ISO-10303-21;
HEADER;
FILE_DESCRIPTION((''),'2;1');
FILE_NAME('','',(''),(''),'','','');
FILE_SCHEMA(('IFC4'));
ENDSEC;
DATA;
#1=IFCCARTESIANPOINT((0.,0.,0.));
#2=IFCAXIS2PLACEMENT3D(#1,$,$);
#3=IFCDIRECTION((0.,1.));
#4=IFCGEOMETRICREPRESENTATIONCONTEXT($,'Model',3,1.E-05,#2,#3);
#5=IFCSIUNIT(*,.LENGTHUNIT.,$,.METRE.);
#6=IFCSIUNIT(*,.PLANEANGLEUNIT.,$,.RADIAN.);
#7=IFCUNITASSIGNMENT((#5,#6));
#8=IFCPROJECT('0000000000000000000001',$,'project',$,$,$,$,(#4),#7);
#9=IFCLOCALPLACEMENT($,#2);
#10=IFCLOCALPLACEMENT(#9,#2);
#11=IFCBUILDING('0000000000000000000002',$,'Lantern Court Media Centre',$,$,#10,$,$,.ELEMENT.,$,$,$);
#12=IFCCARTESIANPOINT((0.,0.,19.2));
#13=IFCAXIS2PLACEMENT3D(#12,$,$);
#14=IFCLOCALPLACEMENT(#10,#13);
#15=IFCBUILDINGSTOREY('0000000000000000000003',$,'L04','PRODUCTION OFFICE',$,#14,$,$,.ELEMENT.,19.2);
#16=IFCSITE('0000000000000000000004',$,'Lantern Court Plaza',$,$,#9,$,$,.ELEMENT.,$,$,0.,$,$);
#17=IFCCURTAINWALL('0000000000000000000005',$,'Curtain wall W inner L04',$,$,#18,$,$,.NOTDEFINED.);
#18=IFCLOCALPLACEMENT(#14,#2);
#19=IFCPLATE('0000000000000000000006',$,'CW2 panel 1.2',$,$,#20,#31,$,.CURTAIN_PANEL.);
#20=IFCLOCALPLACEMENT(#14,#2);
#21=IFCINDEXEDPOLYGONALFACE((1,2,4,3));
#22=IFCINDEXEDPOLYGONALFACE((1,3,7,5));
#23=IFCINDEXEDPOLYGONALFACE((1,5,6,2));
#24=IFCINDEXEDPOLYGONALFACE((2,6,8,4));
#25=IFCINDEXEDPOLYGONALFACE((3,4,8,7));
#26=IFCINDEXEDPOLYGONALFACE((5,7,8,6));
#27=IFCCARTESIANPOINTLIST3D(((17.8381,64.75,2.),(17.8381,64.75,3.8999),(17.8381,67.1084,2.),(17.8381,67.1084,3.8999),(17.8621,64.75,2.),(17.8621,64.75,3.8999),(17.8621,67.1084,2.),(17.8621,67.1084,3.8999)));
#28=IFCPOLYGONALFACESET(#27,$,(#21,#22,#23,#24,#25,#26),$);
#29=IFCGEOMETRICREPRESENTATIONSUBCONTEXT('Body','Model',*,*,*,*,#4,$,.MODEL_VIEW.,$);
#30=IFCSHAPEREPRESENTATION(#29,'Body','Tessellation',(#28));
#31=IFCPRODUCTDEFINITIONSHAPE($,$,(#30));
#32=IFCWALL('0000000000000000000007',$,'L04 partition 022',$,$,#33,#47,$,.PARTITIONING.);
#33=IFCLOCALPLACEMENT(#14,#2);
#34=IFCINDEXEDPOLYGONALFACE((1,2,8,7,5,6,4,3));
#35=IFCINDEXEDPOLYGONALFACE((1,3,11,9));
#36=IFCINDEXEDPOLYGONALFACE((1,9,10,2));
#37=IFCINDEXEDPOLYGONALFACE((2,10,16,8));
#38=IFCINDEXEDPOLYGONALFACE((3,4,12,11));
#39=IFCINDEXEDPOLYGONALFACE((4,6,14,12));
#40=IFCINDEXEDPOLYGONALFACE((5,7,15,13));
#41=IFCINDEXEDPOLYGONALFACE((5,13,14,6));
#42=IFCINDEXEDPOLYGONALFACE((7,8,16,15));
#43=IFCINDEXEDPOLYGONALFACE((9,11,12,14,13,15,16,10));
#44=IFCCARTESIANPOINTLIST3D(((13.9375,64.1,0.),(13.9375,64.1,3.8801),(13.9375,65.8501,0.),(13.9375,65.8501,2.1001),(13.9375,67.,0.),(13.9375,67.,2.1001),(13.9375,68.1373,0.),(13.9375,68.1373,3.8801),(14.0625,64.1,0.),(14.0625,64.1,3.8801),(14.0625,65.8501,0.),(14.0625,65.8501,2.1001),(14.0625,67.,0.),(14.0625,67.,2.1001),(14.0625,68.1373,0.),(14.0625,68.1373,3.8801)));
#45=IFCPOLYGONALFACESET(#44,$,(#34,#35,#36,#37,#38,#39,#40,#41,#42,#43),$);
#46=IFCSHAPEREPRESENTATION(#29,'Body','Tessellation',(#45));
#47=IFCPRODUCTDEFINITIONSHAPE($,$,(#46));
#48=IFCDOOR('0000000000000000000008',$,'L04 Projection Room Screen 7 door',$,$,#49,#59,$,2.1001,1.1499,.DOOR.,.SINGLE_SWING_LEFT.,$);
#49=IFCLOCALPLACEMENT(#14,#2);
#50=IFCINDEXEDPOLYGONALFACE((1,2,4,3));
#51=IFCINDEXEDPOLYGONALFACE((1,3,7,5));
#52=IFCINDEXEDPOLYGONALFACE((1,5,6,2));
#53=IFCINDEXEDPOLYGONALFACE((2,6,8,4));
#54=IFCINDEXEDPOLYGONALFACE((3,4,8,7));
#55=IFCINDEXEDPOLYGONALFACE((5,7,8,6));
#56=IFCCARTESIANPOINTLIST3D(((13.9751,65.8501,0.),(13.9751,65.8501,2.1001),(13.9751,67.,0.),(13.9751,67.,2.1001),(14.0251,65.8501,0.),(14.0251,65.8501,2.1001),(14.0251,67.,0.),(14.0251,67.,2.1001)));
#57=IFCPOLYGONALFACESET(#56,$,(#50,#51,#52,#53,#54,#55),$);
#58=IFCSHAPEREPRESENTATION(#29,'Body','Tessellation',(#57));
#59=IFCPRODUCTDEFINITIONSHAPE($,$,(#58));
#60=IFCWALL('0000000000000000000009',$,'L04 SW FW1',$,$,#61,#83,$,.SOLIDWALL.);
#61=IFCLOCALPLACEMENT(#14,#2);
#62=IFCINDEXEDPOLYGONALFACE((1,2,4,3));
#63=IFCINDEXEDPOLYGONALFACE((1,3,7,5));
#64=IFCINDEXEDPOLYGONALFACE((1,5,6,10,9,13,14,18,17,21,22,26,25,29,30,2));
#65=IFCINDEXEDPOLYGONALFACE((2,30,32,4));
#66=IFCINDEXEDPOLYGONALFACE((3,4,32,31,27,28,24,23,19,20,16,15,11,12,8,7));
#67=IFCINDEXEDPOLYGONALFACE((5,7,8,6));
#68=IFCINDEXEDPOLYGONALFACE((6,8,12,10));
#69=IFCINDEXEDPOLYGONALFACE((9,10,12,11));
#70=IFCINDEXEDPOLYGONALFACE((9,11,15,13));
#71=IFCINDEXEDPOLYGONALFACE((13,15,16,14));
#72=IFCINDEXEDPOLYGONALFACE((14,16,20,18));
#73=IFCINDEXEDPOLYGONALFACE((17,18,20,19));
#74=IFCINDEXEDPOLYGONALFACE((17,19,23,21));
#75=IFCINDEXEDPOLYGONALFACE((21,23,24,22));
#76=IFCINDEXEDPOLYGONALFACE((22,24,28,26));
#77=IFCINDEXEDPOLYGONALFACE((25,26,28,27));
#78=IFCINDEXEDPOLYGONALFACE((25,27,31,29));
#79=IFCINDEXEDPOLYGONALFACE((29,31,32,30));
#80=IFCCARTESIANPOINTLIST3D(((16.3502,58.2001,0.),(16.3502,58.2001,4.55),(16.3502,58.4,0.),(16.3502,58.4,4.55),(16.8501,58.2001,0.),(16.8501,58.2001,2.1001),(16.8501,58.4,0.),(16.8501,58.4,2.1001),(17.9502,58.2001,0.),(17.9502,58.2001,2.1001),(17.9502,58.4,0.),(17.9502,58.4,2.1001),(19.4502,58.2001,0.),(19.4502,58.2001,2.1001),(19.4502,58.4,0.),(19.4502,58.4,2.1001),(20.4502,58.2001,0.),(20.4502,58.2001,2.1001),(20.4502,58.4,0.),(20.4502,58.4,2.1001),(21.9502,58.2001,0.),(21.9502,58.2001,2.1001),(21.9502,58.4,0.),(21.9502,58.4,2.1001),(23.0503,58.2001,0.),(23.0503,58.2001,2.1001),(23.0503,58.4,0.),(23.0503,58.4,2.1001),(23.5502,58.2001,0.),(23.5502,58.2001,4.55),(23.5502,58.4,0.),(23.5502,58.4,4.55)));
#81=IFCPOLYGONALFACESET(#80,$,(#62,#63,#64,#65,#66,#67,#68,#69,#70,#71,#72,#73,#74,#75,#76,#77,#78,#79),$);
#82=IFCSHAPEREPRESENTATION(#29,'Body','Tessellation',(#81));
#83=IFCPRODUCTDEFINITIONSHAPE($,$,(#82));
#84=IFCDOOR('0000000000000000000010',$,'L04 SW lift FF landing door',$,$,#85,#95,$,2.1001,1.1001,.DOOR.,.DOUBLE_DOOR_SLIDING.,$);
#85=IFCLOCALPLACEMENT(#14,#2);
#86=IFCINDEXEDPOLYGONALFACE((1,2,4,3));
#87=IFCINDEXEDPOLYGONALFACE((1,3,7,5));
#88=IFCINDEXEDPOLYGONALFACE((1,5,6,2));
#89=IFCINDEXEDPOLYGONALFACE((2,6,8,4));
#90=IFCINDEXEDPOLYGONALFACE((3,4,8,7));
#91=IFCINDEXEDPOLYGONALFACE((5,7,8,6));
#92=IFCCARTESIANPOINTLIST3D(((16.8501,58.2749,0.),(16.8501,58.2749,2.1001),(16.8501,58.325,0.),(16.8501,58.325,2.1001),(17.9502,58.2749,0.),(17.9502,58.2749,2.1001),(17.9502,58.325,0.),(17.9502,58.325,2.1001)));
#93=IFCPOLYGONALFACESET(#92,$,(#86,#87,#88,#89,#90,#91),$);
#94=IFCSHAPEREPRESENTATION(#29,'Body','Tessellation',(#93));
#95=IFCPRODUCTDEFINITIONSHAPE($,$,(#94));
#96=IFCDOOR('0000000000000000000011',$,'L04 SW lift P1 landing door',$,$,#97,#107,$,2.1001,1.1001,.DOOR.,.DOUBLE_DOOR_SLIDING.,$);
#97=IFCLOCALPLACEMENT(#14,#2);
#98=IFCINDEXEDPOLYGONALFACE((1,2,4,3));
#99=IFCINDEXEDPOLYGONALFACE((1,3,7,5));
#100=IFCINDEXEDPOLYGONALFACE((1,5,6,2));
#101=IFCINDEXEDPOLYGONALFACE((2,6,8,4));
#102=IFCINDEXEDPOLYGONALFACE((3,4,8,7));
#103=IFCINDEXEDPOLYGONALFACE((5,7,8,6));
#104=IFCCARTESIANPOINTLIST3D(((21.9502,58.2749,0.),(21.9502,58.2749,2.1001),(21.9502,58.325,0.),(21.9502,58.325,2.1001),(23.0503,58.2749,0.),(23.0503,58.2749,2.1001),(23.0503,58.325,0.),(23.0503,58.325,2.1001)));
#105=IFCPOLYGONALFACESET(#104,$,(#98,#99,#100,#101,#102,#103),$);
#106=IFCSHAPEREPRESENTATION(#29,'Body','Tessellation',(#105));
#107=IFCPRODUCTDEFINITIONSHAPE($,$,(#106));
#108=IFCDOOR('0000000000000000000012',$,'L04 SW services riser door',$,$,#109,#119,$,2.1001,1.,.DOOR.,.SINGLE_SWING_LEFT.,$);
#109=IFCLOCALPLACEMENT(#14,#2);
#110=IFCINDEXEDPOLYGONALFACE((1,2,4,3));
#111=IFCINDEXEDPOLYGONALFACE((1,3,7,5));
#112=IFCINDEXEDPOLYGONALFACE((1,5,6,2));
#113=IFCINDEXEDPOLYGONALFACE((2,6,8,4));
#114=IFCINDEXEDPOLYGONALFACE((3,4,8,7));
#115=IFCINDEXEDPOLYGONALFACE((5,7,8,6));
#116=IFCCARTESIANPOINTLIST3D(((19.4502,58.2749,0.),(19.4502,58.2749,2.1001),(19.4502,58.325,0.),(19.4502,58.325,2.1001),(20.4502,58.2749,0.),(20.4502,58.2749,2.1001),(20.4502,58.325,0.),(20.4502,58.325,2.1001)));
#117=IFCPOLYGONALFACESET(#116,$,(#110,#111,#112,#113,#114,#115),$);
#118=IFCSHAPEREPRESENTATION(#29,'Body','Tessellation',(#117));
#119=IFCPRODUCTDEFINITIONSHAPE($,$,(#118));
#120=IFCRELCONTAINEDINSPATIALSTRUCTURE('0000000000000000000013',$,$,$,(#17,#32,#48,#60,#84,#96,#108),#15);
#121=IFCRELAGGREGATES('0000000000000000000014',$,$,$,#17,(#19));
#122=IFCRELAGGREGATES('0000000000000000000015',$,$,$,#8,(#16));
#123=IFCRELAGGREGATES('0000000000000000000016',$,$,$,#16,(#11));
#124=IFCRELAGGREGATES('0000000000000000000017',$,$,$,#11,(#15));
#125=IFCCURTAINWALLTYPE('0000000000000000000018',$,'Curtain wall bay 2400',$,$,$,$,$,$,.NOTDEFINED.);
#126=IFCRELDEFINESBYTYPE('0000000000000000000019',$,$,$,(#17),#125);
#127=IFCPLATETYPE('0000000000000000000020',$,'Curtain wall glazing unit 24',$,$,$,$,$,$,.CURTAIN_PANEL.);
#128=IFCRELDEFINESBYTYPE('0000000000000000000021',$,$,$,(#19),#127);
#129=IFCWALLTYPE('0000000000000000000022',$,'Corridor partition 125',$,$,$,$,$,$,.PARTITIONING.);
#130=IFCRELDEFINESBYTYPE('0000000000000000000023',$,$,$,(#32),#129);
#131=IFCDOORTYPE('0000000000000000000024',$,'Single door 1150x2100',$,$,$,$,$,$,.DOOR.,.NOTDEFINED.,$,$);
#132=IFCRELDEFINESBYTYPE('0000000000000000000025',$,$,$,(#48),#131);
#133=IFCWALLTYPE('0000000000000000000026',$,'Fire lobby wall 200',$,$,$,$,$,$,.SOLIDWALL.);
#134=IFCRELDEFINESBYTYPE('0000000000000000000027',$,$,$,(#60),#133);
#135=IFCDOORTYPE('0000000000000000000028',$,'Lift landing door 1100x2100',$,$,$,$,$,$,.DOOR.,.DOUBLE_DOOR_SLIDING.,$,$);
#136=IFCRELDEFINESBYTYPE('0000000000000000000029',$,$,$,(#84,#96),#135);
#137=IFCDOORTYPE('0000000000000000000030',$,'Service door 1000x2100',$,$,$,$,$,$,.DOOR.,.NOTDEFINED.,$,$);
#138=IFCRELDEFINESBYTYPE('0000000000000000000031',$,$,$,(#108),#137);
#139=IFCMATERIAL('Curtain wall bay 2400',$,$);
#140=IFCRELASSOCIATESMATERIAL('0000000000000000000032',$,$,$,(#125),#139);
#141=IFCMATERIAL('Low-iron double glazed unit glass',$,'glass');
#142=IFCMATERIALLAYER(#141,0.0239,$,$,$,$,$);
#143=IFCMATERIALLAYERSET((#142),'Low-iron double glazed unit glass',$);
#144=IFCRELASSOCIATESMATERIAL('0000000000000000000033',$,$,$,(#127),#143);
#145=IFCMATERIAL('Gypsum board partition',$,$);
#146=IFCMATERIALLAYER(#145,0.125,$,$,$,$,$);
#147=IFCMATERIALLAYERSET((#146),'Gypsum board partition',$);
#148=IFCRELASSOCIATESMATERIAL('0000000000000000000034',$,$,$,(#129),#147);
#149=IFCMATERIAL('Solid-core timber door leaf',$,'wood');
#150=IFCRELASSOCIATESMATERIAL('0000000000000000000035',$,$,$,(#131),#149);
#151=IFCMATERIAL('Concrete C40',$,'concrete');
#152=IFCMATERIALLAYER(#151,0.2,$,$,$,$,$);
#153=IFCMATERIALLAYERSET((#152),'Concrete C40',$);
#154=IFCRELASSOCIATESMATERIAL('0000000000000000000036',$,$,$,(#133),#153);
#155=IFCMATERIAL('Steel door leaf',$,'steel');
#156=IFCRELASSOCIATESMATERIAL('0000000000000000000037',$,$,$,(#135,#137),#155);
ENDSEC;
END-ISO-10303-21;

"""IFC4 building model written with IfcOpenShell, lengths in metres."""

from ifc_helpers import new_model, si_unit, direction, frame, frame_2d, origin, origin_2d, place, context, subcontext, project, spatial, rectangle, extrude, material, layer, layer_set, type_object, element, fill, aggregate, save


model = new_model("IFC4")

# Units and contexts
model_context = context("Model", 3, precision=1e-05, world=origin(), true_north=direction((0.0, 1.0)))
body_context = subcontext(model_context, "Body", "Model", "MODEL_VIEW")
ifc_project = project(units=[si_unit("LENGTHUNIT", "METRE"), si_unit("PLANEANGLEUNIT", "RADIAN")], contexts=[model_context])

# Site, building, storey
site_placement = place(None, origin())
site = spatial("IfcSite", under=ifc_project, at=site_placement, Name="Lantern Court Plaza", CompositionType="ELEMENT", RefElevation=0.0)
building_placement = place(site_placement, origin())
building = spatial("IfcBuilding", under=site, at=building_placement, Name="Lantern Court Media Centre", CompositionType="ELEMENT")
storey_placement = place(building_placement, frame((0.0, 0.0, 19.2)))
storey = spatial("IfcBuildingStorey", under=building, at=storey_placement, Name="L04", Description="PRODUCTION OFFICE", CompositionType="ELEMENT", Elevation=19.2)

# Curtain wall
ifc_material_1 = material(Name="Curtain wall bay 2400")
curtain_wall_type = type_object("IfcCurtainWallType", Name="Curtain wall bay 2400", PredefinedType="NOTDEFINED", material=ifc_material_1)
curtain_wall_placement = place(storey_placement, origin())
curtain_wall = element("IfcCurtainWall", 1, at=curtain_wall_placement, inside=storey, type_object=curtain_wall_type, Name="Curtain wall W inner L04", PredefinedType="NOTDEFINED")

# Plate
ifc_material_2 = material(Name="Low-iron double glazed unit glass", Category="glass")
ifc_layer_1 = layer(ifc_material_2, 0.0239)
ifc_layer_set_1 = layer_set([ifc_layer_1], Name="Low-iron double glazed unit glass")
plate_type = type_object("IfcPlateType", Name="Curtain wall glazing unit 24", PredefinedType="CURTAIN_PANEL", material=ifc_layer_set_1)
plate_1_placement = place(storey_placement, frame((17.8501, 65.9292, 2.0), z_axis=(0.0, 0.0, 1.0), x_axis=(0.0, 1.0, 0.0)))
plate_1 = element("IfcPlate", 2, at=plate_1_placement, type_object=plate_type, Name="CW2 panel 1.2", PredefinedType="CURTAIN_PANEL", context=body_context, shape_type="SweptSolid", body=[
    extrude(rectangle(XDim=2.3584, YDim=0.0239, at=origin_2d()), origin(), (0.0, 0.0, 1.0), 1.8999),
])
aggregate(curtain_wall, [plate_1])

# Wall, opening, door
ifc_material_3 = material(Name="Gypsum board partition")
ifc_layer_2 = layer(ifc_material_3, 0.125)
ifc_layer_set_2 = layer_set([ifc_layer_2], Name="Gypsum board partition")
wall_type_1 = type_object("IfcWallType", Name="Corridor partition 125", PredefinedType="PARTITIONING", material=ifc_layer_set_2)
wall_1_placement = place(storey_placement, frame((14.0, 64.1001, 0.0), z_axis=(0.0, 0.0, 1.0), x_axis=(0.0, 1.0, 0.0)))
wall_1 = element("IfcWall", 3, at=wall_1_placement, inside=storey, type_object=wall_type_1, Name="L04 partition 022", PredefinedType="PARTITIONING", context=body_context, shape_type="SweptSolid", body=[
    extrude(rectangle(XDim=4.0374, YDim=0.125, at=frame_2d((2.0186, 0.0))), origin(), (0.0, 0.0, 1.0), 3.8801),
])
opening_1_placement = place(wall_1_placement, frame((1.75, 0.0, 0.0)))
opening_1 = element("IfcOpeningElement", 4, at=opening_1_placement, cuts=wall_1, PredefinedType="OPENING", context=body_context, shape_type="SweptSolid", body=[
    extrude(rectangle(XDim=1.1499, YDim=2.1001, at=frame_2d((0.575, 1.05))), frame((0.0, 0.0725, 0.0), z_axis=(0.0, -1.0, 0.0), x_axis=(1.0, 0.0, 0.0)), (0.0, 0.0, 1.0), 0.145),
])
ifc_material_4 = material(Name="Solid-core timber door leaf", Category="wood")
door_type_1 = type_object("IfcDoorType", Name="Single door 1150x2100", OperationType="NOTDEFINED", PredefinedType="DOOR", material=ifc_material_4)
door_1_placement = place(opening_1_placement, origin())
door_1 = element("IfcDoor", 5, at=door_1_placement, inside=storey, type_object=door_type_1, Name="L04 Projection Room Screen 7 door", OperationType="SINGLE_SWING_LEFT", OverallHeight=2.1001, OverallWidth=1.1499, PredefinedType="DOOR", context=body_context, shape_type="SweptSolid", body=[
    extrude(rectangle(XDim=1.1499, YDim=2.1001, at=frame_2d((0.575, 1.05))), frame((0.0, 0.0249, 0.0), z_axis=(0.0, -1.0, 0.0), x_axis=(1.0, 0.0, 0.0)), (0.0, 0.0, 1.0), 0.05),
])
fill(opening_1, door_1)

# Wall, openings, doors
ifc_material_5 = material(Name="Concrete C40", Category="concrete")
ifc_layer_3 = layer(ifc_material_5, 0.2)
ifc_layer_set_3 = layer_set([ifc_layer_3], Name="Concrete C40")
wall_type_2 = type_object("IfcWallType", Name="Fire lobby wall 200", PredefinedType="SOLIDWALL", material=ifc_layer_set_3)
wall_2_placement = place(storey_placement, frame((16.3501, 58.3, 0.0), z_axis=(0.0, 0.0, 1.0), x_axis=(1.0, 0.0, 0.0)))
wall_2 = element("IfcWall", 6, at=wall_2_placement, inside=storey, type_object=wall_type_2, Name="L04 SW FW1", PredefinedType="SOLIDWALL", context=body_context, shape_type="SweptSolid", body=[
    extrude(rectangle(XDim=7.2, YDim=0.2, at=frame_2d((3.6001, 0.0))), origin(), (0.0, 0.0, 1.0), 4.55),
])
opening_2_placement = place(wall_2_placement, frame((0.5, 0.0, 0.0)))
opening_2 = element("IfcOpeningElement", 7, at=opening_2_placement, cuts=wall_2, PredefinedType="OPENING", context=body_context, shape_type="SweptSolid", body=[
    extrude(rectangle(XDim=1.1001, YDim=2.1001, at=frame_2d((0.55, 1.05))), frame((0.0, 0.1099, 0.0), z_axis=(0.0, -1.0, 0.0), x_axis=(1.0, 0.0, 0.0)), (0.0, 0.0, 1.0), 0.22),
])
opening_3_placement = place(wall_2_placement, frame((5.6001, 0.0, 0.0)))
opening_3 = element("IfcOpeningElement", 8, at=opening_3_placement, cuts=wall_2, PredefinedType="OPENING", context=body_context, shape_type="SweptSolid", body=[
    extrude(rectangle(XDim=1.1001, YDim=2.1001, at=frame_2d((0.55, 1.05))), frame((0.0, 0.1099, 0.0), z_axis=(0.0, -1.0, 0.0), x_axis=(1.0, 0.0, 0.0)), (0.0, 0.0, 1.0), 0.22),
])
opening_4_placement = place(wall_2_placement, frame((3.1001, 0.0, 0.0)))
opening_4 = element("IfcOpeningElement", 9, at=opening_4_placement, cuts=wall_2, PredefinedType="OPENING", context=body_context, shape_type="SweptSolid", body=[
    extrude(rectangle(XDim=1.0, YDim=2.1001, at=frame_2d((0.5, 1.05))), frame((0.0, 0.1099, 0.0), z_axis=(0.0, -1.0, 0.0), x_axis=(1.0, 0.0, 0.0)), (0.0, 0.0, 1.0), 0.22),
])
ifc_material_6 = material(Name="Steel door leaf", Category="steel")
door_type_2 = type_object("IfcDoorType", Name="Lift landing door 1100x2100", OperationType="DOUBLE_DOOR_SLIDING", PredefinedType="DOOR", material=ifc_material_6)
door_2_placement = place(opening_2_placement, origin())
door_2 = element("IfcDoor", 10, at=door_2_placement, inside=storey, type_object=door_type_2, Name="L04 SW lift FF landing door", OperationType="DOUBLE_DOOR_SLIDING", OverallHeight=2.1001, OverallWidth=1.1001, PredefinedType="DOOR", context=body_context, shape_type="SweptSolid", body=[
    extrude(rectangle(XDim=1.1001, YDim=2.1001, at=frame_2d((0.55, 1.05))), frame((0.0, 0.0249, 0.0), z_axis=(0.0, -1.0, 0.0), x_axis=(1.0, 0.0, 0.0)), (0.0, 0.0, 1.0), 0.05),
])
fill(opening_2, door_2)
door_3_placement = place(opening_3_placement, origin())
door_3 = element("IfcDoor", 11, at=door_3_placement, inside=storey, type_object=door_type_2, Name="L04 SW lift P1 landing door", OperationType="DOUBLE_DOOR_SLIDING", OverallHeight=2.1001, OverallWidth=1.1001, PredefinedType="DOOR", context=body_context, shape_type="SweptSolid", body=[
    extrude(rectangle(XDim=1.1001, YDim=2.1001, at=frame_2d((0.55, 1.05))), frame((0.0, 0.0249, 0.0), z_axis=(0.0, -1.0, 0.0), x_axis=(1.0, 0.0, 0.0)), (0.0, 0.0, 1.0), 0.05),
])
fill(opening_3, door_3)
door_type_3 = type_object("IfcDoorType", Name="Service door 1000x2100", OperationType="NOTDEFINED", PredefinedType="DOOR", material=ifc_material_6)
door_4_placement = place(opening_4_placement, origin())
door_4 = element("IfcDoor", 12, at=door_4_placement, inside=storey, type_object=door_type_3, Name="L04 SW services riser door", OperationType="SINGLE_SWING_LEFT", OverallHeight=2.1001, OverallWidth=1.0, PredefinedType="DOOR", context=body_context, shape_type="SweptSolid", body=[
    extrude(rectangle(XDim=1.0, YDim=2.1001, at=frame_2d((0.5, 1.05))), frame((0.0, 0.0249, 0.0), z_axis=(0.0, -1.0, 0.0), x_axis=(1.0, 0.0, 0.0)), (0.0, 0.0, 1.0), 0.05),
])
fill(opening_4, door_4)

save(model, "model.ifc")
